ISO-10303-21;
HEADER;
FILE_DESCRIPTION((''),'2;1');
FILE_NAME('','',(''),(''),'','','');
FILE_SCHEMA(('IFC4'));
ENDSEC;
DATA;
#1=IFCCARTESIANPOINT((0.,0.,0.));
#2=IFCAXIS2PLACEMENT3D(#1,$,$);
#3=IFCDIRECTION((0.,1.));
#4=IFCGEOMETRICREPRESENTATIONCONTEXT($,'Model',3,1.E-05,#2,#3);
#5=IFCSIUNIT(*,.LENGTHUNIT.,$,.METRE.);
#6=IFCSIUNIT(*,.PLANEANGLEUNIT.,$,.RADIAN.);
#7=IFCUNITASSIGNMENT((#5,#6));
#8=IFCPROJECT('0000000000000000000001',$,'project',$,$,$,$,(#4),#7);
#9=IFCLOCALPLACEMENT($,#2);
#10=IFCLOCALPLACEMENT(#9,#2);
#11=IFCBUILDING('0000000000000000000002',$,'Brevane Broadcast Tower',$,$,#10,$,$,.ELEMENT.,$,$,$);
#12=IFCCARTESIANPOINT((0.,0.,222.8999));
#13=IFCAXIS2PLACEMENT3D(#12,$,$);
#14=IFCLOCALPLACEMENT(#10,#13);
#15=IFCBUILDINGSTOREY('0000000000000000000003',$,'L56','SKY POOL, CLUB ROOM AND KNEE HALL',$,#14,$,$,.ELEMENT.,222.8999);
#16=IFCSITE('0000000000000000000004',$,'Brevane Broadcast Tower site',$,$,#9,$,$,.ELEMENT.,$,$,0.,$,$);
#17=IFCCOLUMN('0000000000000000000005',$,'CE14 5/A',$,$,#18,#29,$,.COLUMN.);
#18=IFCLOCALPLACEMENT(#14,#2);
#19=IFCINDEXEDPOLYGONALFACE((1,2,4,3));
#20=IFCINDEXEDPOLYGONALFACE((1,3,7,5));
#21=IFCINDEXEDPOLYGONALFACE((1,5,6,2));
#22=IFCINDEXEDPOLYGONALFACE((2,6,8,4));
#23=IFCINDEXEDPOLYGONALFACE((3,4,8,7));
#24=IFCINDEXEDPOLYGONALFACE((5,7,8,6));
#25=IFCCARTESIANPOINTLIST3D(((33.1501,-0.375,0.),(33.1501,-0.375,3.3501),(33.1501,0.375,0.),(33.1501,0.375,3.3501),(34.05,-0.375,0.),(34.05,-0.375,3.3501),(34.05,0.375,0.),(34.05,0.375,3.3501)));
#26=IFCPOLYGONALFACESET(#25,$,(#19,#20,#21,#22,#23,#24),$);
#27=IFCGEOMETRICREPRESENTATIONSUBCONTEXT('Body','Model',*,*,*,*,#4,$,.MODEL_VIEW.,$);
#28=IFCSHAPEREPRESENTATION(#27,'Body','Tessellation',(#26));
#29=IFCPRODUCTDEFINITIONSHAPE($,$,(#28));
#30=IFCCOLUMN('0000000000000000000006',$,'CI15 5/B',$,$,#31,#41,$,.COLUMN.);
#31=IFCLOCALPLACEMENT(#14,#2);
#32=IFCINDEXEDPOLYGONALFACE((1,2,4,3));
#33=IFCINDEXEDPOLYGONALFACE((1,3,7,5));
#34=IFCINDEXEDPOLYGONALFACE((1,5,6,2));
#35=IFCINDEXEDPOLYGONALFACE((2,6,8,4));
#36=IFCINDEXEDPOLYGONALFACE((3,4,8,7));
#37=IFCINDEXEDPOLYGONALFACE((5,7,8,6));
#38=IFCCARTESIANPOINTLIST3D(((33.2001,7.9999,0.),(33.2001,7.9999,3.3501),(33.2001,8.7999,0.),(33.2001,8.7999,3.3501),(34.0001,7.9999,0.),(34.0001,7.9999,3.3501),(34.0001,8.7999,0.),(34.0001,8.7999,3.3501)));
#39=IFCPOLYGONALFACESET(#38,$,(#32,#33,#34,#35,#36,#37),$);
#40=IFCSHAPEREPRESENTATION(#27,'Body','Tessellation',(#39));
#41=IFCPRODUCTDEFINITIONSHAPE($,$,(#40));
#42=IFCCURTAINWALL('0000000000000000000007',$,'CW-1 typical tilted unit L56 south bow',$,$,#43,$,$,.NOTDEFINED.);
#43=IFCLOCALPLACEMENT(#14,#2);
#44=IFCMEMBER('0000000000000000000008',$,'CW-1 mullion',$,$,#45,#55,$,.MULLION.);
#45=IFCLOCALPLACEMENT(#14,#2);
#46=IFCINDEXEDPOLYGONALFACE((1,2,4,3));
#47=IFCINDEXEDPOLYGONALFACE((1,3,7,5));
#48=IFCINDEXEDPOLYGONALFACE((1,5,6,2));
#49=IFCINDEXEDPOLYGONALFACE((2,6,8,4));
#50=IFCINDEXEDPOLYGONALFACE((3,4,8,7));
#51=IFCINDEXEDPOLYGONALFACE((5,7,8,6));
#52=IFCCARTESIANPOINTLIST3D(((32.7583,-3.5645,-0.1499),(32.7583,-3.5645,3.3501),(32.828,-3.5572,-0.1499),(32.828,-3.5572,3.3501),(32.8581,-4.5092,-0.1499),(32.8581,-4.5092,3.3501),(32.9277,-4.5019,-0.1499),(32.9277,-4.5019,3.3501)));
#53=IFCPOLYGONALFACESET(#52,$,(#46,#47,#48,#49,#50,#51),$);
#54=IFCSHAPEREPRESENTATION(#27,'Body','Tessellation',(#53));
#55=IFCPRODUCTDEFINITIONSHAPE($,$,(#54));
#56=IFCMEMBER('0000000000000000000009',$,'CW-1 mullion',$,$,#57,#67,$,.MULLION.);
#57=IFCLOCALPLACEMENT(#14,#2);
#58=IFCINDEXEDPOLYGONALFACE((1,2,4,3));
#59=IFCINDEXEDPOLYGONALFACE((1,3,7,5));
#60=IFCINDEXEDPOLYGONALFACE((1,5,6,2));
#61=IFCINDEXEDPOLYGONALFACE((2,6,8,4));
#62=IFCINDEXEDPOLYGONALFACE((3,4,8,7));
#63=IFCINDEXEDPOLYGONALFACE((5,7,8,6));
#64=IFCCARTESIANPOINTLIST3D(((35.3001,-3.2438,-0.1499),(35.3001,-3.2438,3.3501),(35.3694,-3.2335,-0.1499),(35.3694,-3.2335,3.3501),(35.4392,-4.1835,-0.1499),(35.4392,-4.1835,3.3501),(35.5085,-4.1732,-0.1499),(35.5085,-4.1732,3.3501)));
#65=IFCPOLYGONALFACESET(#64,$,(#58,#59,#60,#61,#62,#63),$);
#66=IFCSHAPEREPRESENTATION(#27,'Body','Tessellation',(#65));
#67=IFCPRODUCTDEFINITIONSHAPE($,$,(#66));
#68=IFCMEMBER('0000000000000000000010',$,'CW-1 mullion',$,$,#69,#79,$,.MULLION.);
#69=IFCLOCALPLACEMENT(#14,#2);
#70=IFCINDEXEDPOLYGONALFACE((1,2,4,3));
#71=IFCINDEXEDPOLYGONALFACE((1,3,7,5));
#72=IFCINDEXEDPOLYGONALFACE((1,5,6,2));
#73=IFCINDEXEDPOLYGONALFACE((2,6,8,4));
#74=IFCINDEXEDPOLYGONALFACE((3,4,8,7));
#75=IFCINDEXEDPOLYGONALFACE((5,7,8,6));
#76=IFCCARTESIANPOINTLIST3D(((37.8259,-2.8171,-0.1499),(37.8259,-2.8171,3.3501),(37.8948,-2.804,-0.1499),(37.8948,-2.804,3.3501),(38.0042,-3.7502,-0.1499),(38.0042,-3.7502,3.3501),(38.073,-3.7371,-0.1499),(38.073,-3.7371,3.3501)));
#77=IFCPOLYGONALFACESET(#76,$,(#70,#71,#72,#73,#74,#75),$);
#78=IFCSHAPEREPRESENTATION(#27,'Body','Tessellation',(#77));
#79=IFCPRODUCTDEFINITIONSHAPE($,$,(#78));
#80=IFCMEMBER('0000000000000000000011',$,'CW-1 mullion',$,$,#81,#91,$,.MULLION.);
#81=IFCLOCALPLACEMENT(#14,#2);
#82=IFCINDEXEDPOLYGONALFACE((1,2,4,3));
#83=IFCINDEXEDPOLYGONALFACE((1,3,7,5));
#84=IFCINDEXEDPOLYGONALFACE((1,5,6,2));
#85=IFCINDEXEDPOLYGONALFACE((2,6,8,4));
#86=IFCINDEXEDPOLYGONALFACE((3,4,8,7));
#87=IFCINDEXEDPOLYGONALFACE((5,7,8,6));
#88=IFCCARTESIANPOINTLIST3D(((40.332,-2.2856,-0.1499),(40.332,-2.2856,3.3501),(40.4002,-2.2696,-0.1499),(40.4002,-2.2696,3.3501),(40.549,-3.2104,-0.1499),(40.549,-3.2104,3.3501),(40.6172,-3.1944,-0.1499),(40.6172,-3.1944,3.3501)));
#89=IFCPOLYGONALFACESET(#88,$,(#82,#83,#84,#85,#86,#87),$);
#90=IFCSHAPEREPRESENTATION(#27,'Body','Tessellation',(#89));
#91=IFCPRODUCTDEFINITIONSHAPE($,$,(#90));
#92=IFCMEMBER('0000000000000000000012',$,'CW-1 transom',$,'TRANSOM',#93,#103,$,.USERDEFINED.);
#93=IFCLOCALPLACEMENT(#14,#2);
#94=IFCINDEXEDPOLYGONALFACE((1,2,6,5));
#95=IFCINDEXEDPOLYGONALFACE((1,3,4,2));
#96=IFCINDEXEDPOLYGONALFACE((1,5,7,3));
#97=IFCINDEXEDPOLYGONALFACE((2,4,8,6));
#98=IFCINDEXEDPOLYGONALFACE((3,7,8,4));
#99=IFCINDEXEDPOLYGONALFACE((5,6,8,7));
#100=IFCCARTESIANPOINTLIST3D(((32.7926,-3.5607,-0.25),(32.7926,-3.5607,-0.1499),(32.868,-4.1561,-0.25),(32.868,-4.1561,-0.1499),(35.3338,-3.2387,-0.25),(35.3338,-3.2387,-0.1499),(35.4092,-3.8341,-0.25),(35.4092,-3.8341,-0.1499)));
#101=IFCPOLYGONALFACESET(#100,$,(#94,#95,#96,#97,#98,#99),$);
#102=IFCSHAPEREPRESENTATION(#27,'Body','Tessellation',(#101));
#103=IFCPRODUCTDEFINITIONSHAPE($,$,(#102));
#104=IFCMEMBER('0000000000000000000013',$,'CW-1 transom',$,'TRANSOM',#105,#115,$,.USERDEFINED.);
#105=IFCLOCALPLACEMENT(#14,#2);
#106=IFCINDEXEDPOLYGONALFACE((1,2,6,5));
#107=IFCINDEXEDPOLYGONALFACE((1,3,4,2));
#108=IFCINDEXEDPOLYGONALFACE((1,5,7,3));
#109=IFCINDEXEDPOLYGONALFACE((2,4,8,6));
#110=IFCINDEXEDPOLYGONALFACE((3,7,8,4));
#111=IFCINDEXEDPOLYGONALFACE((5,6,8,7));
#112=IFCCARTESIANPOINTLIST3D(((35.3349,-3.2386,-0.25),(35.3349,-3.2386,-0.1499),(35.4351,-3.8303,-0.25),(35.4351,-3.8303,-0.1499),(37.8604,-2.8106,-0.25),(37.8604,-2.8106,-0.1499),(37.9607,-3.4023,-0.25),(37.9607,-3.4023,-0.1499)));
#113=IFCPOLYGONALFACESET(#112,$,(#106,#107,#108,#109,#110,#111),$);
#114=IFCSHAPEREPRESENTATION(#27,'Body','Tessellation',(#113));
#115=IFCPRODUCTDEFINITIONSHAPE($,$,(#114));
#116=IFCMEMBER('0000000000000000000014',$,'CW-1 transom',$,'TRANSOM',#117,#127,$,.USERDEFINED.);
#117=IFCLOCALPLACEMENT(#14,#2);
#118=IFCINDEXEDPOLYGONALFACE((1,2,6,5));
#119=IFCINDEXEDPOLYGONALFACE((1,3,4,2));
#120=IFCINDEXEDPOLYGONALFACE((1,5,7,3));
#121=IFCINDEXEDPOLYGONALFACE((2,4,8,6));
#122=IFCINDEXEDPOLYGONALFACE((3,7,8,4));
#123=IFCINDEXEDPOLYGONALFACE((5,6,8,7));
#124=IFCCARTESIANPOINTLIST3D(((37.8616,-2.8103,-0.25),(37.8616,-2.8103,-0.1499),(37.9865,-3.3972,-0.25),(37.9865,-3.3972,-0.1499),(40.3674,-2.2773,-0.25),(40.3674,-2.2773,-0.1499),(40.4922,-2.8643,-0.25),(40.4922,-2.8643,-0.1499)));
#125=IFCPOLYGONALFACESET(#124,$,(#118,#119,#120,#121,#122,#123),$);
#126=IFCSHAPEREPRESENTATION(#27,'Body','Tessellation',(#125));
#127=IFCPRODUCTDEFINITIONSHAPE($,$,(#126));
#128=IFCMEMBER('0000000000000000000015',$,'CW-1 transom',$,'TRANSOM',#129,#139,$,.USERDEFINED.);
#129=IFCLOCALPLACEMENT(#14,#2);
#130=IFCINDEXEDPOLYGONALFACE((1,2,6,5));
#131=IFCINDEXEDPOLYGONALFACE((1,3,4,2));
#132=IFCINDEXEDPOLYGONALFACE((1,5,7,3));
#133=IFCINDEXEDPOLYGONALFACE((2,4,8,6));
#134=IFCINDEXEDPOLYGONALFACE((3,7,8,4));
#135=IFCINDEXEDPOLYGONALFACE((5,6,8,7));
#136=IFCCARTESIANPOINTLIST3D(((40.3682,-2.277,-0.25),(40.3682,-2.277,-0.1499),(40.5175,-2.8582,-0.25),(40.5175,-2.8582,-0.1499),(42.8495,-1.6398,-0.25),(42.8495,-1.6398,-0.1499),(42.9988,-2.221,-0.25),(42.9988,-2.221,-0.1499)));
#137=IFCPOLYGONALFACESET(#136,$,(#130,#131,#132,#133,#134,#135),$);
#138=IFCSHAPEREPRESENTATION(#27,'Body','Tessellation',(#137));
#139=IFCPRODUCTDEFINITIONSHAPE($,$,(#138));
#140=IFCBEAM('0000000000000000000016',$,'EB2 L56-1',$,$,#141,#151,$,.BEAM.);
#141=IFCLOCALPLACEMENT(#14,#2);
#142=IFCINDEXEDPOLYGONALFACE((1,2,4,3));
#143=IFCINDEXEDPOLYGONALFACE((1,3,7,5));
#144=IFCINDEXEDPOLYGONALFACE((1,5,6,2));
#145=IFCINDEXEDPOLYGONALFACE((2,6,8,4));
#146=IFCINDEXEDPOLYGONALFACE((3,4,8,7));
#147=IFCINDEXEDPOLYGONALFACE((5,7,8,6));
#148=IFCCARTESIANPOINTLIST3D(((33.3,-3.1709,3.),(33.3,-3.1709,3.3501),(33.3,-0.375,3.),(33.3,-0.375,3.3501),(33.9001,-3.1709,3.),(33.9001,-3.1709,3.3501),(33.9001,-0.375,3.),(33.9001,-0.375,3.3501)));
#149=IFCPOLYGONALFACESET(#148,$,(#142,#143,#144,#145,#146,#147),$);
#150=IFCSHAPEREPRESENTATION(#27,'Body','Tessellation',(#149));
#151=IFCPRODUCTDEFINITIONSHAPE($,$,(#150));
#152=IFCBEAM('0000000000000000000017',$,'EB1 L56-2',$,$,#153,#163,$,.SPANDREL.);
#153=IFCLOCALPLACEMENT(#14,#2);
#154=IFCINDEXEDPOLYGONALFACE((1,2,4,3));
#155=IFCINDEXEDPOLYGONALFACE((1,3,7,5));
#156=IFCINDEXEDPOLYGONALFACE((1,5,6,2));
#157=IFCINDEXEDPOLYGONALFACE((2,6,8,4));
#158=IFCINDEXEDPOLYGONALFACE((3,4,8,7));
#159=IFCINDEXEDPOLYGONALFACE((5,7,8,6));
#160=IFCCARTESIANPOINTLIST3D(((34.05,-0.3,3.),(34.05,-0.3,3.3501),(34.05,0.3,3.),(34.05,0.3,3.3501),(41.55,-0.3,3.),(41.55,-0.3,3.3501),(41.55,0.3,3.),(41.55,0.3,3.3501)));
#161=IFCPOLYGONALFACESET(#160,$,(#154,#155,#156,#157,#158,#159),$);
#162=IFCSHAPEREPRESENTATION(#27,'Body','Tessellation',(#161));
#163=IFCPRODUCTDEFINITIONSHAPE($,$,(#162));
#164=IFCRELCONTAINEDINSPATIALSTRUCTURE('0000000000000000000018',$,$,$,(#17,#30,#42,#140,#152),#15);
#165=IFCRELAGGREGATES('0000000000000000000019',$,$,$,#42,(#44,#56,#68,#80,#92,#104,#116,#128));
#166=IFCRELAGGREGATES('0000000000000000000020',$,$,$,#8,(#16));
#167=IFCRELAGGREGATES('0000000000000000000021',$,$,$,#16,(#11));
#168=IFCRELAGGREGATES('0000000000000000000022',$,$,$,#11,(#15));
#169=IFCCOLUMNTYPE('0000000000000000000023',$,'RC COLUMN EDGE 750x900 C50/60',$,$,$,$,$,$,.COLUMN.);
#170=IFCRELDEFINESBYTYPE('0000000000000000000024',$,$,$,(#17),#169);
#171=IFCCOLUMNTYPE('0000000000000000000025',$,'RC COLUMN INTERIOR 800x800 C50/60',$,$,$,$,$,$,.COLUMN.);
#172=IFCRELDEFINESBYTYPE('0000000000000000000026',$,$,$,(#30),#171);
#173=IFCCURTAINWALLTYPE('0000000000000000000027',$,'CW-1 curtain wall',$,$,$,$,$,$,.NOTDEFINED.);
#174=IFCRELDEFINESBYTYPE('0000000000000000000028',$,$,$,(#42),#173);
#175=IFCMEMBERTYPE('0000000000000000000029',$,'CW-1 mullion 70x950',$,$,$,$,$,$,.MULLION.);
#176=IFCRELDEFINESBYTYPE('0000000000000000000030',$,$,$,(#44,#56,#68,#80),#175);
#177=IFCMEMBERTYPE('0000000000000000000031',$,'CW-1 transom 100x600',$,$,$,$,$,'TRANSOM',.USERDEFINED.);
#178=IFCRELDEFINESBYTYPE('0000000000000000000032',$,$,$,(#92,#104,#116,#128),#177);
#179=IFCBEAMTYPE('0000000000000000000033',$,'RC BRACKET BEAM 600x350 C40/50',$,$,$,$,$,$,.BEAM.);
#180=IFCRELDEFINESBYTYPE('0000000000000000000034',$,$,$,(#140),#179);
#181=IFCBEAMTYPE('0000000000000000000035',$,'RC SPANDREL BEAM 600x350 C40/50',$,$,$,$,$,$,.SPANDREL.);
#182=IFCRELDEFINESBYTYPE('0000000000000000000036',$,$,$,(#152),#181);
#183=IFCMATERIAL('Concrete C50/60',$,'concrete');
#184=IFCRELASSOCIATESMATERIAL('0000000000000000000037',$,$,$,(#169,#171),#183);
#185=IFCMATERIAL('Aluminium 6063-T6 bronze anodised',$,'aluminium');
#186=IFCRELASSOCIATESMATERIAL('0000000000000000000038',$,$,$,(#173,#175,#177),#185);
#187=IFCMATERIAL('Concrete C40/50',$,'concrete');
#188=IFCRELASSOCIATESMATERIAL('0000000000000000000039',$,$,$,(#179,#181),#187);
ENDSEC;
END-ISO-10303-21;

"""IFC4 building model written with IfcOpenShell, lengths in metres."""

from ifc_helpers import new_model, si_unit, direction, frame, origin, origin_2d, place, context, subcontext, project, spatial, rectangle, extrude, material, material_profile, profile_set, type_object, element, aggregate, save


model = new_model("IFC4")

# Units and contexts
model_context = context("Model", 3, precision=1e-05, world=origin(), true_north=direction((0.0, 1.0)))
body_context = subcontext(model_context, "Body", "Model", "MODEL_VIEW")
ifc_project = project(units=[si_unit("LENGTHUNIT", "METRE"), si_unit("PLANEANGLEUNIT", "RADIAN")], contexts=[model_context])

# Site, building, storey
site_placement = place(None, origin())
site = spatial("IfcSite", under=ifc_project, at=site_placement, Name="Brevane Broadcast Tower site", CompositionType="ELEMENT", RefElevation=0.0)
building_placement = place(site_placement, origin())
building = spatial("IfcBuilding", under=site, at=building_placement, Name="Brevane Broadcast Tower", CompositionType="ELEMENT")
storey_placement = place(building_placement, frame((0.0, 0.0, 222.8999)))
storey = spatial("IfcBuildingStorey", under=building, at=storey_placement, Name="L56", Description="SKY POOL, CLUB ROOM AND KNEE HALL", CompositionType="ELEMENT", Elevation=222.8999)

# Columns
ifc_material_1 = material(Name="Concrete C50/60", Category="concrete")
ifc_material_profile_1 = material_profile(ifc_material_1, rectangle(XDim=0.75, YDim=0.8999, at=origin_2d()), Name="RC 750x900")
ifc_profile_set_1 = profile_set([ifc_material_profile_1], Name="Concrete C50/60")
column_type_1 = type_object("IfcColumnType", Name="RC COLUMN EDGE 750x900 C50/60", PredefinedType="COLUMN", material=ifc_profile_set_1)
column_1_placement = place(storey_placement, frame((33.6001, 0.0, 0.0), z_axis=(0.0, 0.0, 1.0), x_axis=(0.0, 1.0, 0.0)))
element("IfcColumn", 1, at=column_1_placement, inside=storey, type_object=column_type_1, Name="CE14 5/A", PredefinedType="COLUMN", context=body_context, shape_type="SweptSolid", body=[
    extrude(rectangle(XDim=0.75, YDim=0.8999, at=origin_2d()), origin(), (0.0, 0.0, 1.0), 3.3501),
])
ifc_material_profile_2 = material_profile(ifc_material_1, rectangle(XDim=0.8, YDim=0.8, at=origin_2d()), Name="RC 800x800")
ifc_profile_set_2 = profile_set([ifc_material_profile_2], Name="Concrete C50/60")
column_type_2 = type_object("IfcColumnType", Name="RC COLUMN INTERIOR 800x800 C50/60", PredefinedType="COLUMN", material=ifc_profile_set_2)
column_2_placement = place(storey_placement, frame((33.6001, 8.3999, 0.0), z_axis=(0.0, 0.0, 1.0), x_axis=(1.0, 0.0, 0.0)))
element("IfcColumn", 2, at=column_2_placement, inside=storey, type_object=column_type_2, Name="CI15 5/B", PredefinedType="COLUMN", context=body_context, shape_type="SweptSolid", body=[
    extrude(rectangle(XDim=0.8, YDim=0.8, at=origin_2d()), origin(), (0.0, 0.0, 1.0), 3.3501),
])

# Curtain wall, members
ifc_material_2 = material(Name="Aluminium 6063-T6 bronze anodised", Category="aluminium")
curtain_wall_type = type_object("IfcCurtainWallType", Name="CW-1 curtain wall", PredefinedType="NOTDEFINED", material=ifc_material_2)
curtain_wall_placement = place(storey_placement, origin())
curtain_wall = element("IfcCurtainWall", 3, at=curtain_wall_placement, inside=storey, type_object=curtain_wall_type, Name="CW-1 typical tilted unit L56 south bow", PredefinedType="NOTDEFINED")
ifc_material_profile_3 = material_profile(ifc_material_2, rectangle(XDim=0.95, YDim=0.0701, at=origin_2d()), Name="RECT 70x950")
ifc_profile_set_3 = profile_set([ifc_material_profile_3], Name="Aluminium 6063-T6 bronze anodised")
member_type_1 = type_object("IfcMemberType", Name="CW-1 mullion 70x950", PredefinedType="MULLION", material=ifc_profile_set_3)
member_1_placement = place(storey_placement, frame((32.843, -4.0332, -0.1499), z_axis=(0.0, 0.0, 1.0), x_axis=(-0.105018, 0.99447, 0.0)))
member_1 = element("IfcMember", 4, at=member_1_placement, type_object=member_type_1, Name="CW-1 mullion", PredefinedType="MULLION", context=body_context, shape_type="SweptSolid", body=[
    extrude(rectangle(XDim=0.95, YDim=0.0701, at=origin_2d()), origin(), (0.0, 0.0, 1.0), 3.5),
])
member_2_placement = place(storey_placement, frame((35.4043, -3.7085, -0.1499), z_axis=(0.0, 0.0, 1.0), x_axis=(-0.146447, 0.989218, 0.0)))
member_2 = element("IfcMember", 5, at=member_2_placement, type_object=member_type_1, Name="CW-1 mullion", PredefinedType="MULLION", context=body_context, shape_type="SweptSolid", body=[
    extrude(rectangle(XDim=0.95, YDim=0.0701, at=origin_2d()), origin(), (0.0, 0.0, 1.0), 3.5),
])
member_3_placement = place(storey_placement, frame((37.9495, -3.2771, -0.1499), z_axis=(0.0, 0.0, 1.0), x_axis=(-0.187621, 0.982242, 0.0)))
member_3 = element("IfcMember", 6, at=member_3_placement, type_object=member_type_1, Name="CW-1 mullion", PredefinedType="MULLION", context=body_context, shape_type="SweptSolid", body=[
    extrude(rectangle(XDim=0.95, YDim=0.0701, at=origin_2d()), origin(), (0.0, 0.0, 1.0), 3.5),
])
member_4_placement = place(storey_placement, frame((40.4746, -2.74, -0.1499), z_axis=(0.0, 0.0, 1.0), x_axis=(-0.228467, 0.973552, 0.0)))
member_4 = element("IfcMember", 7, at=member_4_placement, type_object=member_type_1, Name="CW-1 mullion", PredefinedType="MULLION", context=body_context, shape_type="SweptSolid", body=[
    extrude(rectangle(XDim=0.95, YDim=0.0701, at=origin_2d()), origin(), (0.0, 0.0, 1.0), 3.5),
])
ifc_material_profile_4 = material_profile(ifc_material_2, rectangle(XDim=0.6001, YDim=0.1001, at=origin_2d()), Name="RECT 100x600")
ifc_profile_set_4 = profile_set([ifc_material_profile_4], Name="Aluminium 6063-T6 bronze anodised")
member_type_2 = type_object("IfcMemberType", Name="CW-1 transom 100x600", ElementType="TRANSOM", PredefinedType="USERDEFINED", material=ifc_profile_set_4)
member_5_placement = place(storey_placement, frame((32.8303, -3.8584, -0.2), z_axis=(0.992067, 0.125712, 0.0), x_axis=(-0.125712, 0.992067, 0.0)))
member_5 = element("IfcMember", 8, at=member_5_placement, type_object=member_type_2, Name="CW-1 transom", ObjectType="TRANSOM", PredefinedType="USERDEFINED", context=body_context, shape_type="SweptSolid", body=[
    extrude(rectangle(XDim=0.6001, YDim=0.1001, at=origin_2d()), origin(), (0.0, 0.0, 1.0), 2.5615),
])
member_6_placement = place(storey_placement, frame((35.385, -3.5344, -0.2), z_axis=(0.985945, 0.167072, 0.0), x_axis=(-0.167072, 0.985945, 0.0)))
member_6 = element("IfcMember", 9, at=member_6_placement, type_object=member_type_2, Name="CW-1 transom", ObjectType="TRANSOM", PredefinedType="USERDEFINED", context=body_context, shape_type="SweptSolid", body=[
    extrude(rectangle(XDim=0.6001, YDim=0.1001, at=origin_2d()), origin(), (0.0, 0.0, 1.0), 2.5615),
])
member_7_placement = place(storey_placement, frame((37.9241, -3.1038, -0.2), z_axis=(0.978118, 0.208051, 0.0), x_axis=(-0.208051, 0.978118, 0.0)))
member_7 = element("IfcMember", 10, at=member_7_placement, type_object=member_type_2, Name="CW-1 transom", ObjectType="TRANSOM", PredefinedType="USERDEFINED", context=body_context, shape_type="SweptSolid", body=[
    extrude(rectangle(XDim=0.6001, YDim=0.1001, at=origin_2d()), origin(), (0.0, 0.0, 1.0), 2.5618),
])
member_8_placement = place(storey_placement, frame((40.4429, -2.5676, -0.2), z_axis=(0.96857, 0.248742, 0.0), x_axis=(-0.248742, 0.96857, 0.0)))
member_8 = element("IfcMember", 11, at=member_8_placement, type_object=member_type_2, Name="CW-1 transom", ObjectType="TRANSOM", PredefinedType="USERDEFINED", context=body_context, shape_type="SweptSolid", body=[
    extrude(rectangle(XDim=0.6001, YDim=0.1001, at=origin_2d()), origin(), (0.0, 0.0, 1.0), 2.5618),
])
aggregate(curtain_wall, [member_1, member_2, member_3, member_4, member_5, member_6, member_7, member_8])

# Beams
ifc_material_3 = material(Name="Concrete C40/50", Category="concrete")
ifc_material_profile_5 = material_profile(ifc_material_3, rectangle(XDim=0.6001, YDim=0.3501, at=origin_2d()), Name="RC 600x350")
ifc_profile_set_5 = profile_set([ifc_material_profile_5], Name="Concrete C40/50")
beam_type_1 = type_object("IfcBeamType", Name="RC BRACKET BEAM 600x350 C40/50", PredefinedType="BEAM", material=ifc_profile_set_5)
beam_1_placement = place(storey_placement, frame((33.6001, -0.375, 3.175), z_axis=(0.0, -1.0, 0.0), x_axis=(1.0, 0.0, 0.0)))
element("IfcBeam", 12, at=beam_1_placement, inside=storey, type_object=beam_type_1, Name="EB2 L56-1", PredefinedType="BEAM", context=body_context, shape_type="SweptSolid", body=[
    extrude(rectangle(XDim=0.6001, YDim=0.3501, at=origin_2d()), origin(), (0.0, 0.0, 1.0), 2.7959),
])
ifc_material_profile_6 = material_profile(ifc_material_3, rectangle(XDim=0.6001, YDim=0.3501, at=origin_2d()), Name="RC 600x350")
ifc_profile_set_6 = profile_set([ifc_material_profile_6], Name="Concrete C40/50")
beam_type_2 = type_object("IfcBeamType", Name="RC SPANDREL BEAM 600x350 C40/50", PredefinedType="SPANDREL", material=ifc_profile_set_6)
beam_2_placement = place(storey_placement, frame((34.05, 0.0, 3.175), z_axis=(1.0, 0.0, 0.0), x_axis=(0.0, 1.0, 0.0)))
element("IfcBeam", 13, at=beam_2_placement, inside=storey, type_object=beam_type_2, Name="EB1 L56-2", PredefinedType="SPANDREL", context=body_context, shape_type="SweptSolid", body=[
    extrude(rectangle(XDim=0.6001, YDim=0.3501, at=origin_2d()), origin(), (0.0, 0.0, 1.0), 7.5),
])

save(model, "model.ifc")
